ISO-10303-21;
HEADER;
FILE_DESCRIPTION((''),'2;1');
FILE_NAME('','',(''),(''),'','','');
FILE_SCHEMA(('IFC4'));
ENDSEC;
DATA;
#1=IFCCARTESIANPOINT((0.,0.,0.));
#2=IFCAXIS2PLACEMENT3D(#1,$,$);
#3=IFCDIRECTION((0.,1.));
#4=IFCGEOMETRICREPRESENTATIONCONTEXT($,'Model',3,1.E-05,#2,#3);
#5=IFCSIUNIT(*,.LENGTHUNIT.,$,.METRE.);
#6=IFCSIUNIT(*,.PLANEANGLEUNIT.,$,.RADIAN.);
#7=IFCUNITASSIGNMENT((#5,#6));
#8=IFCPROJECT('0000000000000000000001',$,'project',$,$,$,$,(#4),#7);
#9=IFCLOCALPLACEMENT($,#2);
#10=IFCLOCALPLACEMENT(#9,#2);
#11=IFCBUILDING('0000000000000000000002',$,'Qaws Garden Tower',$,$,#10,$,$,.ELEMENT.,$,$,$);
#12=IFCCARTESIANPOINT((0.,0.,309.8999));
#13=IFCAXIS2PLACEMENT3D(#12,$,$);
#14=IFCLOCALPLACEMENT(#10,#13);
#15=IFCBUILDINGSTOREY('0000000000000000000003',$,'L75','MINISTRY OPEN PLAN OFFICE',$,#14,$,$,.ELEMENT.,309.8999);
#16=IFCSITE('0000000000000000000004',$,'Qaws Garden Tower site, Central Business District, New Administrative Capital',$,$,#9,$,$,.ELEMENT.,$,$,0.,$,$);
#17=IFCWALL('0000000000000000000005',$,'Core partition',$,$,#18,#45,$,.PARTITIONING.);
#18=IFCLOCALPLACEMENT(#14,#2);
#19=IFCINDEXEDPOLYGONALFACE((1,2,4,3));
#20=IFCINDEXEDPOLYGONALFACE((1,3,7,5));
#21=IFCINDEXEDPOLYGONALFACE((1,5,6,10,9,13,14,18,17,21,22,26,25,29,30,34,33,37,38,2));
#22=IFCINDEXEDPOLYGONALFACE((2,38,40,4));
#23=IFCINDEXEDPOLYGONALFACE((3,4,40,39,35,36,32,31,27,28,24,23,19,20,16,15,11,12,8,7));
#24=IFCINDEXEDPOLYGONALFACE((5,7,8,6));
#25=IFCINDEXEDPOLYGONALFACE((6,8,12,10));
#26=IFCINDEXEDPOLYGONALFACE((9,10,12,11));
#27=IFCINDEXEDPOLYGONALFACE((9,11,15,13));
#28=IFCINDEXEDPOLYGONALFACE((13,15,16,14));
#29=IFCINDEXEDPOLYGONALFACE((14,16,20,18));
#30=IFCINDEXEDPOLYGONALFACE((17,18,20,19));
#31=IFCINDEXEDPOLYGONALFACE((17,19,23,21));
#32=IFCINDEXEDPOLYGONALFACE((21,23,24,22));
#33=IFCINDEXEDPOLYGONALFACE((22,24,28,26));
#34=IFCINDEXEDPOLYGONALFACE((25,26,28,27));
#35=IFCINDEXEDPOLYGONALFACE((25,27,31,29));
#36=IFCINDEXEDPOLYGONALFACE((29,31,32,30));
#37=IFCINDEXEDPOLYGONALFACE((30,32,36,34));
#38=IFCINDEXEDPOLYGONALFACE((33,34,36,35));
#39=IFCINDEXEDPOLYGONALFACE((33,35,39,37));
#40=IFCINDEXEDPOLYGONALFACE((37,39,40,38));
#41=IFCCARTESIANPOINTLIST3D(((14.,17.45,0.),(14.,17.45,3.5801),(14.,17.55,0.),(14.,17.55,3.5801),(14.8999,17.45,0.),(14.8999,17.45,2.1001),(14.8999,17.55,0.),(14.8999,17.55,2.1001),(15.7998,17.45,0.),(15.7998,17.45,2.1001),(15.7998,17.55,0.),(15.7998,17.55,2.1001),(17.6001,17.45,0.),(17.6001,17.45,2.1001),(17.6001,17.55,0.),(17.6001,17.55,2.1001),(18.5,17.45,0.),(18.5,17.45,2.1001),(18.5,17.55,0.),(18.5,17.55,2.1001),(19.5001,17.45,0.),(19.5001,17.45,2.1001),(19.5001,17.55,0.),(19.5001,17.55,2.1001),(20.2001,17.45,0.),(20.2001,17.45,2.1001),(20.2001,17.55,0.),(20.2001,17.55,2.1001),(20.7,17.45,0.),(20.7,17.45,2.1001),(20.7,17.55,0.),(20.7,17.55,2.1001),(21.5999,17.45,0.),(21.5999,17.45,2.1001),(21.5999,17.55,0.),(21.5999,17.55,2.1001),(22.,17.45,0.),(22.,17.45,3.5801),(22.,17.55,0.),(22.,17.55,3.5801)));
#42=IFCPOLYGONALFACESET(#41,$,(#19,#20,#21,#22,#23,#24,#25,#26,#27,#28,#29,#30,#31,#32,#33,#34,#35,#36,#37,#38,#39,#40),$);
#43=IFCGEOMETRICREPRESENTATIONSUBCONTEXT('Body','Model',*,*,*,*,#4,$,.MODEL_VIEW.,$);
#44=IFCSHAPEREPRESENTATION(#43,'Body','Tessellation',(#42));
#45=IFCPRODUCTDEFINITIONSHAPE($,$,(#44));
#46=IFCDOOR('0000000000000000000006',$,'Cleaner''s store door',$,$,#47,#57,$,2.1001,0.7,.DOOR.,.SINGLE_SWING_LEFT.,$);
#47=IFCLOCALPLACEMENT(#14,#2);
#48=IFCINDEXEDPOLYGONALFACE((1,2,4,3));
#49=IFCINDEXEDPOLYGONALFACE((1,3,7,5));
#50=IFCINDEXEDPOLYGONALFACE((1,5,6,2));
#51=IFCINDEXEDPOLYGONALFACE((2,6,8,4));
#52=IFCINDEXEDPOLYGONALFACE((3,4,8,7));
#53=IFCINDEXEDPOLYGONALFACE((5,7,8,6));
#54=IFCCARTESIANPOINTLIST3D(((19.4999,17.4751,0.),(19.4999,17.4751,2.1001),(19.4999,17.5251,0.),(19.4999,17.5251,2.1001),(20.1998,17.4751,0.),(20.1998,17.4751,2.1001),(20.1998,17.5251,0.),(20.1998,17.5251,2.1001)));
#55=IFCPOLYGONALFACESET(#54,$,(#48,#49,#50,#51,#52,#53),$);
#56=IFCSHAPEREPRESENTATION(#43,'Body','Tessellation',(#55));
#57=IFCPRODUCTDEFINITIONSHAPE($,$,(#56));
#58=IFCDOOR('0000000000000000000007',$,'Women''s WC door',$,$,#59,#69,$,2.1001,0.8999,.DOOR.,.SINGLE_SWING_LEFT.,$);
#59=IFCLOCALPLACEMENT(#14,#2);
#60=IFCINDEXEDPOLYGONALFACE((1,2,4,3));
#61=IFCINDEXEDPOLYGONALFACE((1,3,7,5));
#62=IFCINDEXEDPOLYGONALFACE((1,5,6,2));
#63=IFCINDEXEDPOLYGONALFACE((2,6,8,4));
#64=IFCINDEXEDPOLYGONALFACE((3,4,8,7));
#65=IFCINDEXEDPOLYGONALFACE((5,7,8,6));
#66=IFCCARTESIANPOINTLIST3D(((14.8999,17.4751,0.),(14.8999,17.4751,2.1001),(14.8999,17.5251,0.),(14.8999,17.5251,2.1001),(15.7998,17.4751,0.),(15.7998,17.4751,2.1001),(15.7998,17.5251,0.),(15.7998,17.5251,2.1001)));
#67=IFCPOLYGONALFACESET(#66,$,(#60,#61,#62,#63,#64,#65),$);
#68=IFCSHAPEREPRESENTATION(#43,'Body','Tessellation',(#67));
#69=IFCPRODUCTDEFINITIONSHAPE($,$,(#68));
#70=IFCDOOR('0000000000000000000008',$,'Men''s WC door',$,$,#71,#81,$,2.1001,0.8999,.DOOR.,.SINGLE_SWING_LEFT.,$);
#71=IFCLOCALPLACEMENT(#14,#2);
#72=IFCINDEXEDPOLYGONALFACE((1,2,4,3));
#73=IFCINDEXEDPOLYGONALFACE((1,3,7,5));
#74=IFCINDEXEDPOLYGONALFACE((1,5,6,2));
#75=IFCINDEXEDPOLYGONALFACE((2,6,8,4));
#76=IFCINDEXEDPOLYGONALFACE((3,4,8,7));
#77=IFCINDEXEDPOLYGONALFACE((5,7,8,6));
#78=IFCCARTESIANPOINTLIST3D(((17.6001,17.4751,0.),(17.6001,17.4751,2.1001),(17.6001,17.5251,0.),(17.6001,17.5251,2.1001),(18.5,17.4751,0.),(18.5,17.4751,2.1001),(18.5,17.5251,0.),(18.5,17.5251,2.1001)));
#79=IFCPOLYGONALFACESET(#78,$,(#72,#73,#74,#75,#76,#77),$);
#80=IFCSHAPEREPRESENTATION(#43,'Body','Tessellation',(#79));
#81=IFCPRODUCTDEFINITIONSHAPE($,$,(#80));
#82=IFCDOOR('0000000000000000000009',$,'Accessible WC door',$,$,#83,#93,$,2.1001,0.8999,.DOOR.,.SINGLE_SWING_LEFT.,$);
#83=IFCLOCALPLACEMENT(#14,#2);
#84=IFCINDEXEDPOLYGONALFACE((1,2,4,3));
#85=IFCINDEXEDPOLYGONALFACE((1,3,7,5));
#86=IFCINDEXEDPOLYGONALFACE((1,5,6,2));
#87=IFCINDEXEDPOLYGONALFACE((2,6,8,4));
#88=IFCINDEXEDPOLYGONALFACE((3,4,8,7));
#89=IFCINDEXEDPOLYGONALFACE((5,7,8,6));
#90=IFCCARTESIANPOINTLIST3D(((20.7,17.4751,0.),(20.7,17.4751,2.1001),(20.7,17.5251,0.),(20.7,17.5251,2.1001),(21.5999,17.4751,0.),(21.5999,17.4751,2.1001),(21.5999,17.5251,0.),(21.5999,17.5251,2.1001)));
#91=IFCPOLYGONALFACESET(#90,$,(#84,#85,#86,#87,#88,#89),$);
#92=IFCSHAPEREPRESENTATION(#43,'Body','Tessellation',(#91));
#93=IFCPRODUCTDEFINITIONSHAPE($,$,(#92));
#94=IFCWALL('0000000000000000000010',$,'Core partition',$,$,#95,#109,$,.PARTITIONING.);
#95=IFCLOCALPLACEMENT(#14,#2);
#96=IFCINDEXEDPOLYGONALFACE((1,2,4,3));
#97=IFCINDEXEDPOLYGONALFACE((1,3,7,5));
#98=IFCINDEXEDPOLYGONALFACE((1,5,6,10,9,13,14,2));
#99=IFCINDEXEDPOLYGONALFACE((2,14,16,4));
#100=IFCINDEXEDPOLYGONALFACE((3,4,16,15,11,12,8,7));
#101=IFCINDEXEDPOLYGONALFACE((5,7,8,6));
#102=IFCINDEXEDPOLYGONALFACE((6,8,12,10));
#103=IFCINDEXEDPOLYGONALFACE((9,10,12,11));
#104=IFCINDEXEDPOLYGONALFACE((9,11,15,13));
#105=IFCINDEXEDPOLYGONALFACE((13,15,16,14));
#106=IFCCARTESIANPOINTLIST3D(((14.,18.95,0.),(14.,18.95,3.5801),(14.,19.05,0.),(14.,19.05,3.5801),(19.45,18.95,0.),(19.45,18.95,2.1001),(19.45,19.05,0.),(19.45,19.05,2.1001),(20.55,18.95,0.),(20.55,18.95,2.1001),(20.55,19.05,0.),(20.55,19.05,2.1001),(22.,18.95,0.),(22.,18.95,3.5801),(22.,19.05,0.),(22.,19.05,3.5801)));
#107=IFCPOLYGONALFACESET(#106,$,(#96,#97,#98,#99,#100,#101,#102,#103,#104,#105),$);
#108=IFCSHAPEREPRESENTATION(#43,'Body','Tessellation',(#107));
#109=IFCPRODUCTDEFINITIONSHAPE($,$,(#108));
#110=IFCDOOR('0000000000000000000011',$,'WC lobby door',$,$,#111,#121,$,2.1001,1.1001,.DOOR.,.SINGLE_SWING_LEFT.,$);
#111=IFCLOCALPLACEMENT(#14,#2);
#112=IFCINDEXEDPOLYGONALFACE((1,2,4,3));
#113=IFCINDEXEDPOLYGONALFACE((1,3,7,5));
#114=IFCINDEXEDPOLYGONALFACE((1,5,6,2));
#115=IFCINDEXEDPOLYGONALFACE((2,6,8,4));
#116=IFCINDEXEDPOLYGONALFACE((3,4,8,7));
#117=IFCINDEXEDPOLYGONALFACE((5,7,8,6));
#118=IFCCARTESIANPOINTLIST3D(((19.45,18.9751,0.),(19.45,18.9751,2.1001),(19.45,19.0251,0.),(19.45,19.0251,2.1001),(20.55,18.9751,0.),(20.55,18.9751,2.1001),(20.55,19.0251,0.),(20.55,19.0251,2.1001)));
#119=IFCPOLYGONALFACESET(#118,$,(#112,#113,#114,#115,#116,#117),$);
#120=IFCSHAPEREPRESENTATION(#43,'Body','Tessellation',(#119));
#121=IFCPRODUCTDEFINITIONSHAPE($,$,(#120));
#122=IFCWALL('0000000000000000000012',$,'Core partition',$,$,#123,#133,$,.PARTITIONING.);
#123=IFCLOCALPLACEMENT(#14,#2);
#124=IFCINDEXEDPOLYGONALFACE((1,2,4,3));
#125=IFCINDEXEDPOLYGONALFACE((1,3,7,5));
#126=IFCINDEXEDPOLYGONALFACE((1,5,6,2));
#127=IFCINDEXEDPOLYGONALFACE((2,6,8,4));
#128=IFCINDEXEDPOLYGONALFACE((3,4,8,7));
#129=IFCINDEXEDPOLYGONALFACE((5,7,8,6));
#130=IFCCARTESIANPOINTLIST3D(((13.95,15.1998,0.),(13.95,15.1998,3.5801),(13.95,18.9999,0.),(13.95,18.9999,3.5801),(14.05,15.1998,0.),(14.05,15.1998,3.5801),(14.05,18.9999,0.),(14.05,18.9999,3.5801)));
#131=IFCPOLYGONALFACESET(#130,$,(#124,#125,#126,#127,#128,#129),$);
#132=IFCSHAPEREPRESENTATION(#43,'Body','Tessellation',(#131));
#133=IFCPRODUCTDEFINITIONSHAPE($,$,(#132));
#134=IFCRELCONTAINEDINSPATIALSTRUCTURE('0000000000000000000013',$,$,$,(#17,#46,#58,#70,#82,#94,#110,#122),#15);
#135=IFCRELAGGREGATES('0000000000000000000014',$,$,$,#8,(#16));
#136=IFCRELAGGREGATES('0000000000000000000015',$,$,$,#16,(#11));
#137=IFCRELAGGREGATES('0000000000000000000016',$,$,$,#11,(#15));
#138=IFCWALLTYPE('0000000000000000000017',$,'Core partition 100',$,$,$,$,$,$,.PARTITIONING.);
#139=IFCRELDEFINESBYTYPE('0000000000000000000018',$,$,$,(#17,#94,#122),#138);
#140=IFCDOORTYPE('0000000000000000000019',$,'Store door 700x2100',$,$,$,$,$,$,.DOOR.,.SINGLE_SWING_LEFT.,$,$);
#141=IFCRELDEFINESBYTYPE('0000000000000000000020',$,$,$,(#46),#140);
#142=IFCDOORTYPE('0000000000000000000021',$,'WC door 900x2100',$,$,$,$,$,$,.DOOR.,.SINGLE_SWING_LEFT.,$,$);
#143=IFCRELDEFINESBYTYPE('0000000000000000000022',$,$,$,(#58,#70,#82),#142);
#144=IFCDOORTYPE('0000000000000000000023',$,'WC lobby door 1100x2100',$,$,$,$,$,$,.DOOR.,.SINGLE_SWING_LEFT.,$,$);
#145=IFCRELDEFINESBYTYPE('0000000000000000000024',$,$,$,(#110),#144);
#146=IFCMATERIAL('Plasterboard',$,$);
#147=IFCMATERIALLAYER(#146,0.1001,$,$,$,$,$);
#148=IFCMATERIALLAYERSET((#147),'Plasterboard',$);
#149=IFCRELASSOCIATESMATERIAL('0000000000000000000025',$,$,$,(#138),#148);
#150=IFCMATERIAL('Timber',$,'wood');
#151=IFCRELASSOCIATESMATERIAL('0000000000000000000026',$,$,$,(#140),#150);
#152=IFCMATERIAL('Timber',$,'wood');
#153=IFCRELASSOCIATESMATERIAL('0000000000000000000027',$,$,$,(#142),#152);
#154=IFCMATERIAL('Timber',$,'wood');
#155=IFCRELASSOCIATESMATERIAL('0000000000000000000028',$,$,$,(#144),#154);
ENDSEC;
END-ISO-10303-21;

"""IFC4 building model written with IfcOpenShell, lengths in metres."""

from ifc_helpers import new_model, si_unit, direction, frame, frame_2d, origin, place, context, subcontext, project, spatial, rectangle, extrude, material, layer, layer_set, type_object, element, fill, save


model = new_model("IFC4")

# Units and contexts
model_context = context("Model", 3, precision=1e-05, world=origin(), true_north=direction((0.0, 1.0)))
body_context = subcontext(model_context, "Body", "Model", "MODEL_VIEW")
ifc_project = project(units=[si_unit("LENGTHUNIT", "METRE"), si_unit("PLANEANGLEUNIT", "RADIAN")], contexts=[model_context])

# Site, building, storey
site_placement = place(None, origin())
site = spatial("IfcSite", under=ifc_project, at=site_placement, Name="Qaws Garden Tower site, Central Business District, New Administrative Capital", CompositionType="ELEMENT", RefElevation=0.0)
building_placement = place(site_placement, origin())
building = spatial("IfcBuilding", under=site, at=building_placement, Name="Qaws Garden Tower", CompositionType="ELEMENT")
storey_placement = place(building_placement, frame((0.0, 0.0, 309.8999)))
storey = spatial("IfcBuildingStorey", under=building, at=storey_placement, Name="L75", Description="MINISTRY OPEN PLAN OFFICE", CompositionType="ELEMENT", Elevation=309.8999)

# Wall, openings, doors
ifc_material_1 = material(Name="Plasterboard")
ifc_layer_1 = layer(ifc_material_1, 0.1001)
ifc_layer_set_1 = layer_set([ifc_layer_1], Name="Plasterboard")
wall_type_1 = type_object("IfcWallType", Name="Core partition 100", PredefinedType="PARTITIONING", material=ifc_layer_set_1)
wall_1_placement = place(storey_placement, frame((14.0, 17.5, 0.0), z_axis=(0.0, 0.0, 1.0), x_axis=(1.0, 0.0, 0.0)))
wall_1 = element("IfcWall", 1, at=wall_1_placement, inside=storey, type_object=wall_type_1, Name="Core partition", PredefinedType="PARTITIONING", context=body_context, shape_type="SweptSolid", body=[
    extrude(rectangle(XDim=8.0, YDim=0.1001, at=frame_2d((4.0, 0.0))), origin(), (0.0, 0.0, 1.0), 3.5801),
])
opening_1_placement = place(wall_1_placement, frame((0.8999, 0.0, 0.0)))
opening_1 = element("IfcOpeningElement", 2, at=opening_1_placement, cuts=wall_1, PredefinedType="OPENING", context=body_context, shape_type="SweptSolid", body=[
    extrude(rectangle(XDim=0.8999, YDim=2.1001, at=frame_2d((0.45, 1.05))), frame((0.0, 0.0601, 0.0), z_axis=(0.0, -1.0, 0.0), x_axis=(1.0, 0.0, 0.0)), (0.0, 0.0, 1.0), 0.1201),
])
opening_2_placement = place(wall_1_placement, frame((3.6001, 0.0, 0.0)))
opening_2 = element("IfcOpeningElement", 3, at=opening_2_placement, cuts=wall_1, PredefinedType="OPENING", context=body_context, shape_type="SweptSolid", body=[
    extrude(rectangle(XDim=0.8999, YDim=2.1001, at=frame_2d((0.45, 1.05))), frame((0.0, 0.0601, 0.0), z_axis=(0.0, -1.0, 0.0), x_axis=(1.0, 0.0, 0.0)), (0.0, 0.0, 1.0), 0.1201),
])
opening_3_placement = place(wall_1_placement, frame((5.5, 0.0, 0.0)))
opening_3 = element("IfcOpeningElement", 4, at=opening_3_placement, cuts=wall_1, PredefinedType="OPENING", context=body_context, shape_type="SweptSolid", body=[
    extrude(rectangle(XDim=0.7, YDim=2.1001, at=frame_2d((0.3501, 1.05))), frame((0.0, 0.0601, 0.0), z_axis=(0.0, -1.0, 0.0), x_axis=(1.0, 0.0, 0.0)), (0.0, 0.0, 1.0), 0.1201),
])
opening_4_placement = place(wall_1_placement, frame((6.7, 0.0, 0.0)))
opening_4 = element("IfcOpeningElement", 5, at=opening_4_placement, cuts=wall_1, PredefinedType="OPENING", context=body_context, shape_type="SweptSolid", body=[
    extrude(rectangle(XDim=0.8999, YDim=2.1001, at=frame_2d((0.45, 1.05))), frame((0.0, 0.0601, 0.0), z_axis=(0.0, -1.0, 0.0), x_axis=(1.0, 0.0, 0.0)), (0.0, 0.0, 1.0), 0.1201),
])
ifc_material_2 = material(Name="Timber", Category="wood")
door_type_1 = type_object("IfcDoorType", Name="Store door 700x2100", OperationType="SINGLE_SWING_LEFT", PredefinedType="DOOR", material=ifc_material_2)
door_1_placement = place(opening_3_placement, frame((0.7, 0.0, 0.0), z_axis=(0.0, 0.0, 1.0), x_axis=(-1.0, 0.0, 0.0)))
door_1 = element("IfcDoor", 6, at=door_1_placement, inside=storey, type_object=door_type_1, Name="Cleaner's store door", OperationType="SINGLE_SWING_LEFT", OverallHeight=2.1001, OverallWidth=0.7, PredefinedType="DOOR", context=body_context, shape_type="SweptSolid", body=[
    extrude(rectangle(XDim=0.7, YDim=2.1001, at=frame_2d((0.3501, 1.05))), frame((0.0, 0.0249, 0.0), z_axis=(0.0, -1.0, 0.0), x_axis=(1.0, 0.0, 0.0)), (0.0, 0.0, 1.0), 0.05),
])
fill(opening_3, door_1)
ifc_material_3 = material(Name="Timber", Category="wood")
door_type_2 = type_object("IfcDoorType", Name="WC door 900x2100", OperationType="SINGLE_SWING_LEFT", PredefinedType="DOOR", material=ifc_material_3)
door_2_placement = place(opening_1_placement, frame((0.8999, 0.0, 0.0), z_axis=(0.0, 0.0, 1.0), x_axis=(-1.0, 0.0, 0.0)))
door_2 = element("IfcDoor", 7, at=door_2_placement, inside=storey, type_object=door_type_2, Name="Women's WC door", OperationType="SINGLE_SWING_LEFT", OverallHeight=2.1001, OverallWidth=0.8999, PredefinedType="DOOR", context=body_context, shape_type="SweptSolid", body=[
    extrude(rectangle(XDim=0.8999, YDim=2.1001, at=frame_2d((0.45, 1.05))), frame((0.0, 0.0249, 0.0), z_axis=(0.0, -1.0, 0.0), x_axis=(1.0, 0.0, 0.0)), (0.0, 0.0, 1.0), 0.05),
])
fill(opening_1, door_2)
door_3_placement = place(opening_2_placement, frame((0.8999, 0.0, 0.0), z_axis=(0.0, 0.0, 1.0), x_axis=(-1.0, 0.0, 0.0)))
door_3 = element("IfcDoor", 8, at=door_3_placement, inside=storey, type_object=door_type_2, Name="Men's WC door", OperationType="SINGLE_SWING_LEFT", OverallHeight=2.1001, OverallWidth=0.8999, PredefinedType="DOOR", context=body_context, shape_type="SweptSolid", body=[
    extrude(rectangle(XDim=0.8999, YDim=2.1001, at=frame_2d((0.45, 1.05))), frame((0.0, 0.0249, 0.0), z_axis=(0.0, -1.0, 0.0), x_axis=(1.0, 0.0, 0.0)), (0.0, 0.0, 1.0), 0.05),
])
fill(opening_2, door_3)
door_4_placement = place(opening_4_placement, frame((0.8999, 0.0, 0.0), z_axis=(0.0, 0.0, 1.0), x_axis=(-1.0, 0.0, 0.0)))
door_4 = element("IfcDoor", 9, at=door_4_placement, inside=storey, type_object=door_type_2, Name="Accessible WC door", OperationType="SINGLE_SWING_LEFT", OverallHeight=2.1001, OverallWidth=0.8999, PredefinedType="DOOR", context=body_context, shape_type="SweptSolid", body=[
    extrude(rectangle(XDim=0.8999, YDim=2.1001, at=frame_2d((0.45, 1.05))), frame((0.0, 0.0249, 0.0), z_axis=(0.0, -1.0, 0.0), x_axis=(1.0, 0.0, 0.0)), (0.0, 0.0, 1.0), 0.05),
])
fill(opening_4, door_4)

# Wall, opening, door
wall_2_placement = place(storey_placement, frame((14.0, 19.0, 0.0), z_axis=(0.0, 0.0, 1.0), x_axis=(1.0, 0.0, 0.0)))
wall_2 = element("IfcWall", 10, at=wall_2_placement, inside=storey, type_object=wall_type_1, Name="Core partition", PredefinedType="PARTITIONING", context=body_context, shape_type="SweptSolid", body=[
    extrude(rectangle(XDim=8.0, YDim=0.1001, at=frame_2d((4.0, 0.0))), origin(), (0.0, 0.0, 1.0), 3.5801),
])
opening_5_placement = place(wall_2_placement, frame((5.45, 0.0, 0.0)))
opening_5 = element("IfcOpeningElement", 11, at=opening_5_placement, cuts=wall_2, PredefinedType="OPENING", context=body_context, shape_type="SweptSolid", body=[
    extrude(rectangle(XDim=1.1001, YDim=2.1001, at=frame_2d((0.55, 1.05))), frame((0.0, 0.0601, 0.0), z_axis=(0.0, -1.0, 0.0), x_axis=(1.0, 0.0, 0.0)), (0.0, 0.0, 1.0), 0.1201),
])
ifc_material_4 = material(Name="Timber", Category="wood")
door_type_3 = type_object("IfcDoorType", Name="WC lobby door 1100x2100", OperationType="SINGLE_SWING_LEFT", PredefinedType="DOOR", material=ifc_material_4)
door_5_placement = place(opening_5_placement, frame((1.1001, 0.0, 0.0), z_axis=(0.0, 0.0, 1.0), x_axis=(-1.0, 0.0, 0.0)))
door_5 = element("IfcDoor", 12, at=door_5_placement, inside=storey, type_object=door_type_3, Name="WC lobby door", OperationType="SINGLE_SWING_LEFT", OverallHeight=2.1001, OverallWidth=1.1001, PredefinedType="DOOR", context=body_context, shape_type="SweptSolid", body=[
    extrude(rectangle(XDim=1.1001, YDim=2.1001, at=frame_2d((0.55, 1.05))), frame((0.0, 0.0249, 0.0), z_axis=(0.0, -1.0, 0.0), x_axis=(1.0, 0.0, 0.0)), (0.0, 0.0, 1.0), 0.05),
])
fill(opening_5, door_5)

# Wall
wall_3_placement = place(storey_placement, frame((14.0, 15.2, 0.0), z_axis=(0.0, 0.0, 1.0), x_axis=(0.0, 1.0, 0.0)))
element("IfcWall", 13, at=wall_3_placement, inside=storey, type_object=wall_type_1, Name="Core partition", PredefinedType="PARTITIONING", context=body_context, shape_type="SweptSolid", body=[
    extrude(rectangle(XDim=3.8, YDim=0.1001, at=frame_2d((1.8999, 0.0))), origin(), (0.0, 0.0, 1.0), 3.5801),
])

save(model, "model.ifc")
